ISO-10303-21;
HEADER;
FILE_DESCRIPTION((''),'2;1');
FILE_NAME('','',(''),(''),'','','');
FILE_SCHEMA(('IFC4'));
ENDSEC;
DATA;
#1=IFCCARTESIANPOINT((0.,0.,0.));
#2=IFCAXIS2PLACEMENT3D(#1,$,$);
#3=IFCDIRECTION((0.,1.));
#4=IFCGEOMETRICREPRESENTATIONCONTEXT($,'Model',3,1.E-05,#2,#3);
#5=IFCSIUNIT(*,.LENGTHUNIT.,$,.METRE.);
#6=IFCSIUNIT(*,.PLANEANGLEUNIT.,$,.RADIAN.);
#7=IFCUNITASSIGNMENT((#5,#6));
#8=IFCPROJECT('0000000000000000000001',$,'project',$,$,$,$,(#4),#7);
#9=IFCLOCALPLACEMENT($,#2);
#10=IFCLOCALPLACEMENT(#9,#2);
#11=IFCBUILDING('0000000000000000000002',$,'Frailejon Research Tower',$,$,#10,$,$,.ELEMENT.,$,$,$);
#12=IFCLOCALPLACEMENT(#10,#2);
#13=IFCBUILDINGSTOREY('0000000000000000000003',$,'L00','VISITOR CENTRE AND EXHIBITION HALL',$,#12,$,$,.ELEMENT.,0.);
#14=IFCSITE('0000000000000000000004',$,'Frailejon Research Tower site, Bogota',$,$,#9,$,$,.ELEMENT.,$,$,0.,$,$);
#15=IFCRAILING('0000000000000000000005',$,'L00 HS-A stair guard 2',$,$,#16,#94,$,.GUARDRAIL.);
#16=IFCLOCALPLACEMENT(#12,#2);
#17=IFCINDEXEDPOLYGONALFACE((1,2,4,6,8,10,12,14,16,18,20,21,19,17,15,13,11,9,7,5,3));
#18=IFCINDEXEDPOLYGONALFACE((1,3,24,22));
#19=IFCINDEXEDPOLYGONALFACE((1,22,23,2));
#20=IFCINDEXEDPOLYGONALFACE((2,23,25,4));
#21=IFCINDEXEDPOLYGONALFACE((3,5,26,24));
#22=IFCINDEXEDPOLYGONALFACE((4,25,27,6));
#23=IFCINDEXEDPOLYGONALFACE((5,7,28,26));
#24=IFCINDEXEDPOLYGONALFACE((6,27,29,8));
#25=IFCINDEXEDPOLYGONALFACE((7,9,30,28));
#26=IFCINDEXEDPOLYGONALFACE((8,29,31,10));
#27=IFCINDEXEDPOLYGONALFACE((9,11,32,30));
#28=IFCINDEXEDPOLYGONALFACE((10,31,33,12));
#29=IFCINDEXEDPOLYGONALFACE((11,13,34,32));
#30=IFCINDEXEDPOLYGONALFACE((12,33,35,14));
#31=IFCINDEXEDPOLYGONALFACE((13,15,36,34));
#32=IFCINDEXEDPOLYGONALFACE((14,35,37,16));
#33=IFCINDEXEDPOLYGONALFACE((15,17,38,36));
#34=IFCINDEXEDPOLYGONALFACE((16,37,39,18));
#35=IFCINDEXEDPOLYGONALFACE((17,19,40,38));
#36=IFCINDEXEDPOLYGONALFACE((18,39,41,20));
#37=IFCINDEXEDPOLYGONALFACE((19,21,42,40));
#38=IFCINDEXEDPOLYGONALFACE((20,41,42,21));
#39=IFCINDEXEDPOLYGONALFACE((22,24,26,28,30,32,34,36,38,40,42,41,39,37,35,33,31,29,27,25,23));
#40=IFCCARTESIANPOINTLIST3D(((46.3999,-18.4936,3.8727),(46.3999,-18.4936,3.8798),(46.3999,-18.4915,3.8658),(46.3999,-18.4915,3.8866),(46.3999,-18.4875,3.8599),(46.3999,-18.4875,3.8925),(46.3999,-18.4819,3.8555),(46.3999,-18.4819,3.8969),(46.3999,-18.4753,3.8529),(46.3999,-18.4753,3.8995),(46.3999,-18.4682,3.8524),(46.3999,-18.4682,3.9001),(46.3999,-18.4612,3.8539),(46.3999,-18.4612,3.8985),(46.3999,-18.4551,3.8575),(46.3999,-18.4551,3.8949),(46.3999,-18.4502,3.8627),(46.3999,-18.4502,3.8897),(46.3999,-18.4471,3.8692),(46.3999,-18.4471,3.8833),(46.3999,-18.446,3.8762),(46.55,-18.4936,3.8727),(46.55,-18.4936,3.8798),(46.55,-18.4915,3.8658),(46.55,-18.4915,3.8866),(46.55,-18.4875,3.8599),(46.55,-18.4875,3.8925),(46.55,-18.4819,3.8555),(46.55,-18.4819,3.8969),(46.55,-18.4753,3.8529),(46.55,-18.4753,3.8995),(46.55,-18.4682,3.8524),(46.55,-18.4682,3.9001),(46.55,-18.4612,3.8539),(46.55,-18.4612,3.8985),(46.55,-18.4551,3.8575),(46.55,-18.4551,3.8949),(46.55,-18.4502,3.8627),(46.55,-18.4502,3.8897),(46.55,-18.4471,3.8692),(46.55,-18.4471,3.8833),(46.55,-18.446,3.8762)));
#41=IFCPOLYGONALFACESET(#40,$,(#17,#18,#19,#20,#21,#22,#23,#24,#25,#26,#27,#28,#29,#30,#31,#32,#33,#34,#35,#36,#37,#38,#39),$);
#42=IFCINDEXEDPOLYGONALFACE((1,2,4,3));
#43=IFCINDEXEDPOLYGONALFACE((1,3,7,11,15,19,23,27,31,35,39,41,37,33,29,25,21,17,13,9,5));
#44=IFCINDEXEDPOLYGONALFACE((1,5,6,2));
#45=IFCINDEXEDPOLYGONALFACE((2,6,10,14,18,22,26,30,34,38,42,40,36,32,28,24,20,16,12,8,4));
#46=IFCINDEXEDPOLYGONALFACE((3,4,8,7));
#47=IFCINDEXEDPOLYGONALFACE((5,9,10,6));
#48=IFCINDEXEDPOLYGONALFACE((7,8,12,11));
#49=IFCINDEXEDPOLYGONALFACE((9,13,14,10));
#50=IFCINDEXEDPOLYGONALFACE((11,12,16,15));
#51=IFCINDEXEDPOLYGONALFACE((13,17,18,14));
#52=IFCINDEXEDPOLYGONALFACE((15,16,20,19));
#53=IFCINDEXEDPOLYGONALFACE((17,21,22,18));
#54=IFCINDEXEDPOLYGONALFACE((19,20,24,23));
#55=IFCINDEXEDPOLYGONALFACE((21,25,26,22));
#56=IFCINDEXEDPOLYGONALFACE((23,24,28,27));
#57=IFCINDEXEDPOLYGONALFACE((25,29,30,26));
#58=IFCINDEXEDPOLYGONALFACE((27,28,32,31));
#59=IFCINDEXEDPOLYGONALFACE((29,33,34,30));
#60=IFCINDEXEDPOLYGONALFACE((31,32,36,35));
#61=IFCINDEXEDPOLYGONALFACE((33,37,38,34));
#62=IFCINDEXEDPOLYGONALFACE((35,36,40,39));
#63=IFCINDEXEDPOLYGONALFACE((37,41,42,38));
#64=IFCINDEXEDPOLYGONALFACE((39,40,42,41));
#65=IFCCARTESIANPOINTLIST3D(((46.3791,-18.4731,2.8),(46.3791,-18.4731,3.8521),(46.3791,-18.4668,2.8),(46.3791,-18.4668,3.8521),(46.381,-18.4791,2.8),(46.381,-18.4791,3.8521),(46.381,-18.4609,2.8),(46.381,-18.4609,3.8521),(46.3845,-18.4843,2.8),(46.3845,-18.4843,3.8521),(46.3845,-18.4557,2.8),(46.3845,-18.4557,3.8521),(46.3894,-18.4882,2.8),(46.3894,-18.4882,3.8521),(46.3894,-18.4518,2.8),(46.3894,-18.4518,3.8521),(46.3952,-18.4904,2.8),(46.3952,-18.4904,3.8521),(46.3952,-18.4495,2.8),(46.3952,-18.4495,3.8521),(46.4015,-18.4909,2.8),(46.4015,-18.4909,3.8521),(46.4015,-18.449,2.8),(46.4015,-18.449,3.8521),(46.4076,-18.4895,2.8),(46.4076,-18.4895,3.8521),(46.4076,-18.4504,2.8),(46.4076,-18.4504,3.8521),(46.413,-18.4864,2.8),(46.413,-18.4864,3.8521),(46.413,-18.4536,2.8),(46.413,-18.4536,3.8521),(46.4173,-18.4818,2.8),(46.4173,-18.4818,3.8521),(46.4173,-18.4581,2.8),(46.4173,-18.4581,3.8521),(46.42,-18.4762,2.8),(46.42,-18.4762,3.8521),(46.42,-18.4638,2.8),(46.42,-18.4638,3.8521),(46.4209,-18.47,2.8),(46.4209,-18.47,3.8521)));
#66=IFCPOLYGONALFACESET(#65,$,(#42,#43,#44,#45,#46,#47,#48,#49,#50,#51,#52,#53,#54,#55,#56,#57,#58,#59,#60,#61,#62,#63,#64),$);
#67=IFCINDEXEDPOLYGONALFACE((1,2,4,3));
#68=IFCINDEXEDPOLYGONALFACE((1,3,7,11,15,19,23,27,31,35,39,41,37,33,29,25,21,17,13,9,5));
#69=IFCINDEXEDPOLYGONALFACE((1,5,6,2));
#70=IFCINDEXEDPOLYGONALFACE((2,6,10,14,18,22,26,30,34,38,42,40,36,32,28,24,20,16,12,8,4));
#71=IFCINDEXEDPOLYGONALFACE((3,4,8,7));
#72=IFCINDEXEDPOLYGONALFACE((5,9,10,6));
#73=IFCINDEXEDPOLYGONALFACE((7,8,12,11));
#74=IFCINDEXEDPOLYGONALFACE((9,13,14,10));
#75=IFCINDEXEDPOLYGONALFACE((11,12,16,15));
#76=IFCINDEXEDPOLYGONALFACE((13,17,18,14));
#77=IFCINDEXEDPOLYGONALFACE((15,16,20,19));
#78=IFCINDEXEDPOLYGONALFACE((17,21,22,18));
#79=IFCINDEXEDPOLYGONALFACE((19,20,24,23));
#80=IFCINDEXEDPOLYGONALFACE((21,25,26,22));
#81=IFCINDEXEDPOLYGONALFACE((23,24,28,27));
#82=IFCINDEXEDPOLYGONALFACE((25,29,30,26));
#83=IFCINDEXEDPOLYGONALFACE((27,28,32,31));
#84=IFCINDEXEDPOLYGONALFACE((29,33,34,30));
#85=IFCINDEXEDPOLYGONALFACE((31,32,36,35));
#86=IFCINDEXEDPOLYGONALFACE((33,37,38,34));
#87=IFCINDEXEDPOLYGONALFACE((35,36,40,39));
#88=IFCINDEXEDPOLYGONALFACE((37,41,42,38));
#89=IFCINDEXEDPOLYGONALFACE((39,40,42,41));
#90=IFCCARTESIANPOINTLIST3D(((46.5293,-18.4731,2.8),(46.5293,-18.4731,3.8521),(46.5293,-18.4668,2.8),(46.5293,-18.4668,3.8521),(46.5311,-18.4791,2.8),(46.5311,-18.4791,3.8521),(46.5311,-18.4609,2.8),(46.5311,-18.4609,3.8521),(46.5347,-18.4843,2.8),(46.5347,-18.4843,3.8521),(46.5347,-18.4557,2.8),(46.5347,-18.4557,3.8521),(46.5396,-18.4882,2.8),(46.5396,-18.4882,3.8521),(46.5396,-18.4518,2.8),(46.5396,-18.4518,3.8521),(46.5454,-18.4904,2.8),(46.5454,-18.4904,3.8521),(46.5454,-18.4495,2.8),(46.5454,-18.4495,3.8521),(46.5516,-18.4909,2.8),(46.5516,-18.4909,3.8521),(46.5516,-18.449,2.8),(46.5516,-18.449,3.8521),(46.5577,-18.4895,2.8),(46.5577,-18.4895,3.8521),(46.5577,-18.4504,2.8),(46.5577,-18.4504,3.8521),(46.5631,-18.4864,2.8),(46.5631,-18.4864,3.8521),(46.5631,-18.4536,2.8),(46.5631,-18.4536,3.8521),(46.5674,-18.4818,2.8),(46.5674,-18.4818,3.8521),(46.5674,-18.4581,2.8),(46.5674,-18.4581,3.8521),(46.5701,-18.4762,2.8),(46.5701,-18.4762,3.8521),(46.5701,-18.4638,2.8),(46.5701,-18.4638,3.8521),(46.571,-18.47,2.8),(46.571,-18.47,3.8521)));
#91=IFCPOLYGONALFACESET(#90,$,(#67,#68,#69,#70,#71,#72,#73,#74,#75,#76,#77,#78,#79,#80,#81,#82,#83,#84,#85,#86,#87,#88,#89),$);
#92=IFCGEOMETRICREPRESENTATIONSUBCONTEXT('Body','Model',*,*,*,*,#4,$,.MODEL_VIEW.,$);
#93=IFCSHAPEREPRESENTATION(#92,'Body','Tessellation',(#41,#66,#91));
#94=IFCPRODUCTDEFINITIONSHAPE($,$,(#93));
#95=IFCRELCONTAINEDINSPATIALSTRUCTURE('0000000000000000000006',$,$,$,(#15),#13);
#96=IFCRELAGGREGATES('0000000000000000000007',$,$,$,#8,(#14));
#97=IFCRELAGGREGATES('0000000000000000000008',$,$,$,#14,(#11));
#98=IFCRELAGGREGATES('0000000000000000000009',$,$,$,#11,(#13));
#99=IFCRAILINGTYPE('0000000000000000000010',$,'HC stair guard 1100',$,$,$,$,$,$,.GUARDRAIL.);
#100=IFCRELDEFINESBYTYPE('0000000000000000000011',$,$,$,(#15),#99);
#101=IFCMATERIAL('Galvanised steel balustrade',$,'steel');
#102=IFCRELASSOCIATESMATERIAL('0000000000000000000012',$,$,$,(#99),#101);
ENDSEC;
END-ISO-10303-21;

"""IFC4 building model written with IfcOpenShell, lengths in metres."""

from ifc_helpers import new_model, si_unit, direction, frame, origin, origin_2d, place, context, subcontext, project, spatial, circle, extrude, material, type_object, element, save


model = new_model("IFC4")

# Units and contexts
model_context = context("Model", 3, precision=1e-05, world=origin(), true_north=direction((0.0, 1.0)))
body_context = subcontext(model_context, "Body", "Model", "MODEL_VIEW")
ifc_project = project(units=[si_unit("LENGTHUNIT", "METRE"), si_unit("PLANEANGLEUNIT", "RADIAN")], contexts=[model_context])

# Site, building, storey
site_placement = place(None, origin())
site = spatial("IfcSite", under=ifc_project, at=site_placement, Name="Frailejon Research Tower site, Bogota", CompositionType="ELEMENT", RefElevation=0.0)
building_placement = place(site_placement, origin())
building = spatial("IfcBuilding", under=site, at=building_placement, Name="Frailejon Research Tower", CompositionType="ELEMENT")
storey_placement = place(building_placement, origin())
storey = spatial("IfcBuildingStorey", under=building, at=storey_placement, Name="L00", Description="VISITOR CENTRE AND EXHIBITION HALL", CompositionType="ELEMENT", Elevation=0.0)

# Railing
ifc_material_1 = material(Name="Galvanised steel balustrade", Category="steel")
railing_type_1 = type_object("IfcRailingType", Name="HC stair guard 1100", PredefinedType="GUARDRAIL", material=ifc_material_1)
railing_1_placement = place(storey_placement, frame((46.3999, -18.47, 2.8)))
element("IfcRailing", 1, at=railing_1_placement, inside=storey, type_object=railing_type_1, Name="L00 HS-A stair guard 2", PredefinedType="GUARDRAIL", context=body_context, shape_type="SweptSolid", body=[
    extrude(circle(Radius=0.0239, at=origin_2d()), frame((0.0, 0.0, 1.0762), z_axis=(1.0, 0.0, 0.0), x_axis=(0.0, 1.0, 0.0)), (0.0, 0.0, 1.0), 0.1501),
    extrude(circle(Radius=0.021, at=origin_2d()), origin(), (0.0, 0.0, 1.0), 1.052),
    extrude(circle(Radius=0.021, at=origin_2d()), frame((0.1501, 0.0, 0.0)), (0.0, 0.0, 1.0), 1.052),
])

save(model, "model.ifc")
